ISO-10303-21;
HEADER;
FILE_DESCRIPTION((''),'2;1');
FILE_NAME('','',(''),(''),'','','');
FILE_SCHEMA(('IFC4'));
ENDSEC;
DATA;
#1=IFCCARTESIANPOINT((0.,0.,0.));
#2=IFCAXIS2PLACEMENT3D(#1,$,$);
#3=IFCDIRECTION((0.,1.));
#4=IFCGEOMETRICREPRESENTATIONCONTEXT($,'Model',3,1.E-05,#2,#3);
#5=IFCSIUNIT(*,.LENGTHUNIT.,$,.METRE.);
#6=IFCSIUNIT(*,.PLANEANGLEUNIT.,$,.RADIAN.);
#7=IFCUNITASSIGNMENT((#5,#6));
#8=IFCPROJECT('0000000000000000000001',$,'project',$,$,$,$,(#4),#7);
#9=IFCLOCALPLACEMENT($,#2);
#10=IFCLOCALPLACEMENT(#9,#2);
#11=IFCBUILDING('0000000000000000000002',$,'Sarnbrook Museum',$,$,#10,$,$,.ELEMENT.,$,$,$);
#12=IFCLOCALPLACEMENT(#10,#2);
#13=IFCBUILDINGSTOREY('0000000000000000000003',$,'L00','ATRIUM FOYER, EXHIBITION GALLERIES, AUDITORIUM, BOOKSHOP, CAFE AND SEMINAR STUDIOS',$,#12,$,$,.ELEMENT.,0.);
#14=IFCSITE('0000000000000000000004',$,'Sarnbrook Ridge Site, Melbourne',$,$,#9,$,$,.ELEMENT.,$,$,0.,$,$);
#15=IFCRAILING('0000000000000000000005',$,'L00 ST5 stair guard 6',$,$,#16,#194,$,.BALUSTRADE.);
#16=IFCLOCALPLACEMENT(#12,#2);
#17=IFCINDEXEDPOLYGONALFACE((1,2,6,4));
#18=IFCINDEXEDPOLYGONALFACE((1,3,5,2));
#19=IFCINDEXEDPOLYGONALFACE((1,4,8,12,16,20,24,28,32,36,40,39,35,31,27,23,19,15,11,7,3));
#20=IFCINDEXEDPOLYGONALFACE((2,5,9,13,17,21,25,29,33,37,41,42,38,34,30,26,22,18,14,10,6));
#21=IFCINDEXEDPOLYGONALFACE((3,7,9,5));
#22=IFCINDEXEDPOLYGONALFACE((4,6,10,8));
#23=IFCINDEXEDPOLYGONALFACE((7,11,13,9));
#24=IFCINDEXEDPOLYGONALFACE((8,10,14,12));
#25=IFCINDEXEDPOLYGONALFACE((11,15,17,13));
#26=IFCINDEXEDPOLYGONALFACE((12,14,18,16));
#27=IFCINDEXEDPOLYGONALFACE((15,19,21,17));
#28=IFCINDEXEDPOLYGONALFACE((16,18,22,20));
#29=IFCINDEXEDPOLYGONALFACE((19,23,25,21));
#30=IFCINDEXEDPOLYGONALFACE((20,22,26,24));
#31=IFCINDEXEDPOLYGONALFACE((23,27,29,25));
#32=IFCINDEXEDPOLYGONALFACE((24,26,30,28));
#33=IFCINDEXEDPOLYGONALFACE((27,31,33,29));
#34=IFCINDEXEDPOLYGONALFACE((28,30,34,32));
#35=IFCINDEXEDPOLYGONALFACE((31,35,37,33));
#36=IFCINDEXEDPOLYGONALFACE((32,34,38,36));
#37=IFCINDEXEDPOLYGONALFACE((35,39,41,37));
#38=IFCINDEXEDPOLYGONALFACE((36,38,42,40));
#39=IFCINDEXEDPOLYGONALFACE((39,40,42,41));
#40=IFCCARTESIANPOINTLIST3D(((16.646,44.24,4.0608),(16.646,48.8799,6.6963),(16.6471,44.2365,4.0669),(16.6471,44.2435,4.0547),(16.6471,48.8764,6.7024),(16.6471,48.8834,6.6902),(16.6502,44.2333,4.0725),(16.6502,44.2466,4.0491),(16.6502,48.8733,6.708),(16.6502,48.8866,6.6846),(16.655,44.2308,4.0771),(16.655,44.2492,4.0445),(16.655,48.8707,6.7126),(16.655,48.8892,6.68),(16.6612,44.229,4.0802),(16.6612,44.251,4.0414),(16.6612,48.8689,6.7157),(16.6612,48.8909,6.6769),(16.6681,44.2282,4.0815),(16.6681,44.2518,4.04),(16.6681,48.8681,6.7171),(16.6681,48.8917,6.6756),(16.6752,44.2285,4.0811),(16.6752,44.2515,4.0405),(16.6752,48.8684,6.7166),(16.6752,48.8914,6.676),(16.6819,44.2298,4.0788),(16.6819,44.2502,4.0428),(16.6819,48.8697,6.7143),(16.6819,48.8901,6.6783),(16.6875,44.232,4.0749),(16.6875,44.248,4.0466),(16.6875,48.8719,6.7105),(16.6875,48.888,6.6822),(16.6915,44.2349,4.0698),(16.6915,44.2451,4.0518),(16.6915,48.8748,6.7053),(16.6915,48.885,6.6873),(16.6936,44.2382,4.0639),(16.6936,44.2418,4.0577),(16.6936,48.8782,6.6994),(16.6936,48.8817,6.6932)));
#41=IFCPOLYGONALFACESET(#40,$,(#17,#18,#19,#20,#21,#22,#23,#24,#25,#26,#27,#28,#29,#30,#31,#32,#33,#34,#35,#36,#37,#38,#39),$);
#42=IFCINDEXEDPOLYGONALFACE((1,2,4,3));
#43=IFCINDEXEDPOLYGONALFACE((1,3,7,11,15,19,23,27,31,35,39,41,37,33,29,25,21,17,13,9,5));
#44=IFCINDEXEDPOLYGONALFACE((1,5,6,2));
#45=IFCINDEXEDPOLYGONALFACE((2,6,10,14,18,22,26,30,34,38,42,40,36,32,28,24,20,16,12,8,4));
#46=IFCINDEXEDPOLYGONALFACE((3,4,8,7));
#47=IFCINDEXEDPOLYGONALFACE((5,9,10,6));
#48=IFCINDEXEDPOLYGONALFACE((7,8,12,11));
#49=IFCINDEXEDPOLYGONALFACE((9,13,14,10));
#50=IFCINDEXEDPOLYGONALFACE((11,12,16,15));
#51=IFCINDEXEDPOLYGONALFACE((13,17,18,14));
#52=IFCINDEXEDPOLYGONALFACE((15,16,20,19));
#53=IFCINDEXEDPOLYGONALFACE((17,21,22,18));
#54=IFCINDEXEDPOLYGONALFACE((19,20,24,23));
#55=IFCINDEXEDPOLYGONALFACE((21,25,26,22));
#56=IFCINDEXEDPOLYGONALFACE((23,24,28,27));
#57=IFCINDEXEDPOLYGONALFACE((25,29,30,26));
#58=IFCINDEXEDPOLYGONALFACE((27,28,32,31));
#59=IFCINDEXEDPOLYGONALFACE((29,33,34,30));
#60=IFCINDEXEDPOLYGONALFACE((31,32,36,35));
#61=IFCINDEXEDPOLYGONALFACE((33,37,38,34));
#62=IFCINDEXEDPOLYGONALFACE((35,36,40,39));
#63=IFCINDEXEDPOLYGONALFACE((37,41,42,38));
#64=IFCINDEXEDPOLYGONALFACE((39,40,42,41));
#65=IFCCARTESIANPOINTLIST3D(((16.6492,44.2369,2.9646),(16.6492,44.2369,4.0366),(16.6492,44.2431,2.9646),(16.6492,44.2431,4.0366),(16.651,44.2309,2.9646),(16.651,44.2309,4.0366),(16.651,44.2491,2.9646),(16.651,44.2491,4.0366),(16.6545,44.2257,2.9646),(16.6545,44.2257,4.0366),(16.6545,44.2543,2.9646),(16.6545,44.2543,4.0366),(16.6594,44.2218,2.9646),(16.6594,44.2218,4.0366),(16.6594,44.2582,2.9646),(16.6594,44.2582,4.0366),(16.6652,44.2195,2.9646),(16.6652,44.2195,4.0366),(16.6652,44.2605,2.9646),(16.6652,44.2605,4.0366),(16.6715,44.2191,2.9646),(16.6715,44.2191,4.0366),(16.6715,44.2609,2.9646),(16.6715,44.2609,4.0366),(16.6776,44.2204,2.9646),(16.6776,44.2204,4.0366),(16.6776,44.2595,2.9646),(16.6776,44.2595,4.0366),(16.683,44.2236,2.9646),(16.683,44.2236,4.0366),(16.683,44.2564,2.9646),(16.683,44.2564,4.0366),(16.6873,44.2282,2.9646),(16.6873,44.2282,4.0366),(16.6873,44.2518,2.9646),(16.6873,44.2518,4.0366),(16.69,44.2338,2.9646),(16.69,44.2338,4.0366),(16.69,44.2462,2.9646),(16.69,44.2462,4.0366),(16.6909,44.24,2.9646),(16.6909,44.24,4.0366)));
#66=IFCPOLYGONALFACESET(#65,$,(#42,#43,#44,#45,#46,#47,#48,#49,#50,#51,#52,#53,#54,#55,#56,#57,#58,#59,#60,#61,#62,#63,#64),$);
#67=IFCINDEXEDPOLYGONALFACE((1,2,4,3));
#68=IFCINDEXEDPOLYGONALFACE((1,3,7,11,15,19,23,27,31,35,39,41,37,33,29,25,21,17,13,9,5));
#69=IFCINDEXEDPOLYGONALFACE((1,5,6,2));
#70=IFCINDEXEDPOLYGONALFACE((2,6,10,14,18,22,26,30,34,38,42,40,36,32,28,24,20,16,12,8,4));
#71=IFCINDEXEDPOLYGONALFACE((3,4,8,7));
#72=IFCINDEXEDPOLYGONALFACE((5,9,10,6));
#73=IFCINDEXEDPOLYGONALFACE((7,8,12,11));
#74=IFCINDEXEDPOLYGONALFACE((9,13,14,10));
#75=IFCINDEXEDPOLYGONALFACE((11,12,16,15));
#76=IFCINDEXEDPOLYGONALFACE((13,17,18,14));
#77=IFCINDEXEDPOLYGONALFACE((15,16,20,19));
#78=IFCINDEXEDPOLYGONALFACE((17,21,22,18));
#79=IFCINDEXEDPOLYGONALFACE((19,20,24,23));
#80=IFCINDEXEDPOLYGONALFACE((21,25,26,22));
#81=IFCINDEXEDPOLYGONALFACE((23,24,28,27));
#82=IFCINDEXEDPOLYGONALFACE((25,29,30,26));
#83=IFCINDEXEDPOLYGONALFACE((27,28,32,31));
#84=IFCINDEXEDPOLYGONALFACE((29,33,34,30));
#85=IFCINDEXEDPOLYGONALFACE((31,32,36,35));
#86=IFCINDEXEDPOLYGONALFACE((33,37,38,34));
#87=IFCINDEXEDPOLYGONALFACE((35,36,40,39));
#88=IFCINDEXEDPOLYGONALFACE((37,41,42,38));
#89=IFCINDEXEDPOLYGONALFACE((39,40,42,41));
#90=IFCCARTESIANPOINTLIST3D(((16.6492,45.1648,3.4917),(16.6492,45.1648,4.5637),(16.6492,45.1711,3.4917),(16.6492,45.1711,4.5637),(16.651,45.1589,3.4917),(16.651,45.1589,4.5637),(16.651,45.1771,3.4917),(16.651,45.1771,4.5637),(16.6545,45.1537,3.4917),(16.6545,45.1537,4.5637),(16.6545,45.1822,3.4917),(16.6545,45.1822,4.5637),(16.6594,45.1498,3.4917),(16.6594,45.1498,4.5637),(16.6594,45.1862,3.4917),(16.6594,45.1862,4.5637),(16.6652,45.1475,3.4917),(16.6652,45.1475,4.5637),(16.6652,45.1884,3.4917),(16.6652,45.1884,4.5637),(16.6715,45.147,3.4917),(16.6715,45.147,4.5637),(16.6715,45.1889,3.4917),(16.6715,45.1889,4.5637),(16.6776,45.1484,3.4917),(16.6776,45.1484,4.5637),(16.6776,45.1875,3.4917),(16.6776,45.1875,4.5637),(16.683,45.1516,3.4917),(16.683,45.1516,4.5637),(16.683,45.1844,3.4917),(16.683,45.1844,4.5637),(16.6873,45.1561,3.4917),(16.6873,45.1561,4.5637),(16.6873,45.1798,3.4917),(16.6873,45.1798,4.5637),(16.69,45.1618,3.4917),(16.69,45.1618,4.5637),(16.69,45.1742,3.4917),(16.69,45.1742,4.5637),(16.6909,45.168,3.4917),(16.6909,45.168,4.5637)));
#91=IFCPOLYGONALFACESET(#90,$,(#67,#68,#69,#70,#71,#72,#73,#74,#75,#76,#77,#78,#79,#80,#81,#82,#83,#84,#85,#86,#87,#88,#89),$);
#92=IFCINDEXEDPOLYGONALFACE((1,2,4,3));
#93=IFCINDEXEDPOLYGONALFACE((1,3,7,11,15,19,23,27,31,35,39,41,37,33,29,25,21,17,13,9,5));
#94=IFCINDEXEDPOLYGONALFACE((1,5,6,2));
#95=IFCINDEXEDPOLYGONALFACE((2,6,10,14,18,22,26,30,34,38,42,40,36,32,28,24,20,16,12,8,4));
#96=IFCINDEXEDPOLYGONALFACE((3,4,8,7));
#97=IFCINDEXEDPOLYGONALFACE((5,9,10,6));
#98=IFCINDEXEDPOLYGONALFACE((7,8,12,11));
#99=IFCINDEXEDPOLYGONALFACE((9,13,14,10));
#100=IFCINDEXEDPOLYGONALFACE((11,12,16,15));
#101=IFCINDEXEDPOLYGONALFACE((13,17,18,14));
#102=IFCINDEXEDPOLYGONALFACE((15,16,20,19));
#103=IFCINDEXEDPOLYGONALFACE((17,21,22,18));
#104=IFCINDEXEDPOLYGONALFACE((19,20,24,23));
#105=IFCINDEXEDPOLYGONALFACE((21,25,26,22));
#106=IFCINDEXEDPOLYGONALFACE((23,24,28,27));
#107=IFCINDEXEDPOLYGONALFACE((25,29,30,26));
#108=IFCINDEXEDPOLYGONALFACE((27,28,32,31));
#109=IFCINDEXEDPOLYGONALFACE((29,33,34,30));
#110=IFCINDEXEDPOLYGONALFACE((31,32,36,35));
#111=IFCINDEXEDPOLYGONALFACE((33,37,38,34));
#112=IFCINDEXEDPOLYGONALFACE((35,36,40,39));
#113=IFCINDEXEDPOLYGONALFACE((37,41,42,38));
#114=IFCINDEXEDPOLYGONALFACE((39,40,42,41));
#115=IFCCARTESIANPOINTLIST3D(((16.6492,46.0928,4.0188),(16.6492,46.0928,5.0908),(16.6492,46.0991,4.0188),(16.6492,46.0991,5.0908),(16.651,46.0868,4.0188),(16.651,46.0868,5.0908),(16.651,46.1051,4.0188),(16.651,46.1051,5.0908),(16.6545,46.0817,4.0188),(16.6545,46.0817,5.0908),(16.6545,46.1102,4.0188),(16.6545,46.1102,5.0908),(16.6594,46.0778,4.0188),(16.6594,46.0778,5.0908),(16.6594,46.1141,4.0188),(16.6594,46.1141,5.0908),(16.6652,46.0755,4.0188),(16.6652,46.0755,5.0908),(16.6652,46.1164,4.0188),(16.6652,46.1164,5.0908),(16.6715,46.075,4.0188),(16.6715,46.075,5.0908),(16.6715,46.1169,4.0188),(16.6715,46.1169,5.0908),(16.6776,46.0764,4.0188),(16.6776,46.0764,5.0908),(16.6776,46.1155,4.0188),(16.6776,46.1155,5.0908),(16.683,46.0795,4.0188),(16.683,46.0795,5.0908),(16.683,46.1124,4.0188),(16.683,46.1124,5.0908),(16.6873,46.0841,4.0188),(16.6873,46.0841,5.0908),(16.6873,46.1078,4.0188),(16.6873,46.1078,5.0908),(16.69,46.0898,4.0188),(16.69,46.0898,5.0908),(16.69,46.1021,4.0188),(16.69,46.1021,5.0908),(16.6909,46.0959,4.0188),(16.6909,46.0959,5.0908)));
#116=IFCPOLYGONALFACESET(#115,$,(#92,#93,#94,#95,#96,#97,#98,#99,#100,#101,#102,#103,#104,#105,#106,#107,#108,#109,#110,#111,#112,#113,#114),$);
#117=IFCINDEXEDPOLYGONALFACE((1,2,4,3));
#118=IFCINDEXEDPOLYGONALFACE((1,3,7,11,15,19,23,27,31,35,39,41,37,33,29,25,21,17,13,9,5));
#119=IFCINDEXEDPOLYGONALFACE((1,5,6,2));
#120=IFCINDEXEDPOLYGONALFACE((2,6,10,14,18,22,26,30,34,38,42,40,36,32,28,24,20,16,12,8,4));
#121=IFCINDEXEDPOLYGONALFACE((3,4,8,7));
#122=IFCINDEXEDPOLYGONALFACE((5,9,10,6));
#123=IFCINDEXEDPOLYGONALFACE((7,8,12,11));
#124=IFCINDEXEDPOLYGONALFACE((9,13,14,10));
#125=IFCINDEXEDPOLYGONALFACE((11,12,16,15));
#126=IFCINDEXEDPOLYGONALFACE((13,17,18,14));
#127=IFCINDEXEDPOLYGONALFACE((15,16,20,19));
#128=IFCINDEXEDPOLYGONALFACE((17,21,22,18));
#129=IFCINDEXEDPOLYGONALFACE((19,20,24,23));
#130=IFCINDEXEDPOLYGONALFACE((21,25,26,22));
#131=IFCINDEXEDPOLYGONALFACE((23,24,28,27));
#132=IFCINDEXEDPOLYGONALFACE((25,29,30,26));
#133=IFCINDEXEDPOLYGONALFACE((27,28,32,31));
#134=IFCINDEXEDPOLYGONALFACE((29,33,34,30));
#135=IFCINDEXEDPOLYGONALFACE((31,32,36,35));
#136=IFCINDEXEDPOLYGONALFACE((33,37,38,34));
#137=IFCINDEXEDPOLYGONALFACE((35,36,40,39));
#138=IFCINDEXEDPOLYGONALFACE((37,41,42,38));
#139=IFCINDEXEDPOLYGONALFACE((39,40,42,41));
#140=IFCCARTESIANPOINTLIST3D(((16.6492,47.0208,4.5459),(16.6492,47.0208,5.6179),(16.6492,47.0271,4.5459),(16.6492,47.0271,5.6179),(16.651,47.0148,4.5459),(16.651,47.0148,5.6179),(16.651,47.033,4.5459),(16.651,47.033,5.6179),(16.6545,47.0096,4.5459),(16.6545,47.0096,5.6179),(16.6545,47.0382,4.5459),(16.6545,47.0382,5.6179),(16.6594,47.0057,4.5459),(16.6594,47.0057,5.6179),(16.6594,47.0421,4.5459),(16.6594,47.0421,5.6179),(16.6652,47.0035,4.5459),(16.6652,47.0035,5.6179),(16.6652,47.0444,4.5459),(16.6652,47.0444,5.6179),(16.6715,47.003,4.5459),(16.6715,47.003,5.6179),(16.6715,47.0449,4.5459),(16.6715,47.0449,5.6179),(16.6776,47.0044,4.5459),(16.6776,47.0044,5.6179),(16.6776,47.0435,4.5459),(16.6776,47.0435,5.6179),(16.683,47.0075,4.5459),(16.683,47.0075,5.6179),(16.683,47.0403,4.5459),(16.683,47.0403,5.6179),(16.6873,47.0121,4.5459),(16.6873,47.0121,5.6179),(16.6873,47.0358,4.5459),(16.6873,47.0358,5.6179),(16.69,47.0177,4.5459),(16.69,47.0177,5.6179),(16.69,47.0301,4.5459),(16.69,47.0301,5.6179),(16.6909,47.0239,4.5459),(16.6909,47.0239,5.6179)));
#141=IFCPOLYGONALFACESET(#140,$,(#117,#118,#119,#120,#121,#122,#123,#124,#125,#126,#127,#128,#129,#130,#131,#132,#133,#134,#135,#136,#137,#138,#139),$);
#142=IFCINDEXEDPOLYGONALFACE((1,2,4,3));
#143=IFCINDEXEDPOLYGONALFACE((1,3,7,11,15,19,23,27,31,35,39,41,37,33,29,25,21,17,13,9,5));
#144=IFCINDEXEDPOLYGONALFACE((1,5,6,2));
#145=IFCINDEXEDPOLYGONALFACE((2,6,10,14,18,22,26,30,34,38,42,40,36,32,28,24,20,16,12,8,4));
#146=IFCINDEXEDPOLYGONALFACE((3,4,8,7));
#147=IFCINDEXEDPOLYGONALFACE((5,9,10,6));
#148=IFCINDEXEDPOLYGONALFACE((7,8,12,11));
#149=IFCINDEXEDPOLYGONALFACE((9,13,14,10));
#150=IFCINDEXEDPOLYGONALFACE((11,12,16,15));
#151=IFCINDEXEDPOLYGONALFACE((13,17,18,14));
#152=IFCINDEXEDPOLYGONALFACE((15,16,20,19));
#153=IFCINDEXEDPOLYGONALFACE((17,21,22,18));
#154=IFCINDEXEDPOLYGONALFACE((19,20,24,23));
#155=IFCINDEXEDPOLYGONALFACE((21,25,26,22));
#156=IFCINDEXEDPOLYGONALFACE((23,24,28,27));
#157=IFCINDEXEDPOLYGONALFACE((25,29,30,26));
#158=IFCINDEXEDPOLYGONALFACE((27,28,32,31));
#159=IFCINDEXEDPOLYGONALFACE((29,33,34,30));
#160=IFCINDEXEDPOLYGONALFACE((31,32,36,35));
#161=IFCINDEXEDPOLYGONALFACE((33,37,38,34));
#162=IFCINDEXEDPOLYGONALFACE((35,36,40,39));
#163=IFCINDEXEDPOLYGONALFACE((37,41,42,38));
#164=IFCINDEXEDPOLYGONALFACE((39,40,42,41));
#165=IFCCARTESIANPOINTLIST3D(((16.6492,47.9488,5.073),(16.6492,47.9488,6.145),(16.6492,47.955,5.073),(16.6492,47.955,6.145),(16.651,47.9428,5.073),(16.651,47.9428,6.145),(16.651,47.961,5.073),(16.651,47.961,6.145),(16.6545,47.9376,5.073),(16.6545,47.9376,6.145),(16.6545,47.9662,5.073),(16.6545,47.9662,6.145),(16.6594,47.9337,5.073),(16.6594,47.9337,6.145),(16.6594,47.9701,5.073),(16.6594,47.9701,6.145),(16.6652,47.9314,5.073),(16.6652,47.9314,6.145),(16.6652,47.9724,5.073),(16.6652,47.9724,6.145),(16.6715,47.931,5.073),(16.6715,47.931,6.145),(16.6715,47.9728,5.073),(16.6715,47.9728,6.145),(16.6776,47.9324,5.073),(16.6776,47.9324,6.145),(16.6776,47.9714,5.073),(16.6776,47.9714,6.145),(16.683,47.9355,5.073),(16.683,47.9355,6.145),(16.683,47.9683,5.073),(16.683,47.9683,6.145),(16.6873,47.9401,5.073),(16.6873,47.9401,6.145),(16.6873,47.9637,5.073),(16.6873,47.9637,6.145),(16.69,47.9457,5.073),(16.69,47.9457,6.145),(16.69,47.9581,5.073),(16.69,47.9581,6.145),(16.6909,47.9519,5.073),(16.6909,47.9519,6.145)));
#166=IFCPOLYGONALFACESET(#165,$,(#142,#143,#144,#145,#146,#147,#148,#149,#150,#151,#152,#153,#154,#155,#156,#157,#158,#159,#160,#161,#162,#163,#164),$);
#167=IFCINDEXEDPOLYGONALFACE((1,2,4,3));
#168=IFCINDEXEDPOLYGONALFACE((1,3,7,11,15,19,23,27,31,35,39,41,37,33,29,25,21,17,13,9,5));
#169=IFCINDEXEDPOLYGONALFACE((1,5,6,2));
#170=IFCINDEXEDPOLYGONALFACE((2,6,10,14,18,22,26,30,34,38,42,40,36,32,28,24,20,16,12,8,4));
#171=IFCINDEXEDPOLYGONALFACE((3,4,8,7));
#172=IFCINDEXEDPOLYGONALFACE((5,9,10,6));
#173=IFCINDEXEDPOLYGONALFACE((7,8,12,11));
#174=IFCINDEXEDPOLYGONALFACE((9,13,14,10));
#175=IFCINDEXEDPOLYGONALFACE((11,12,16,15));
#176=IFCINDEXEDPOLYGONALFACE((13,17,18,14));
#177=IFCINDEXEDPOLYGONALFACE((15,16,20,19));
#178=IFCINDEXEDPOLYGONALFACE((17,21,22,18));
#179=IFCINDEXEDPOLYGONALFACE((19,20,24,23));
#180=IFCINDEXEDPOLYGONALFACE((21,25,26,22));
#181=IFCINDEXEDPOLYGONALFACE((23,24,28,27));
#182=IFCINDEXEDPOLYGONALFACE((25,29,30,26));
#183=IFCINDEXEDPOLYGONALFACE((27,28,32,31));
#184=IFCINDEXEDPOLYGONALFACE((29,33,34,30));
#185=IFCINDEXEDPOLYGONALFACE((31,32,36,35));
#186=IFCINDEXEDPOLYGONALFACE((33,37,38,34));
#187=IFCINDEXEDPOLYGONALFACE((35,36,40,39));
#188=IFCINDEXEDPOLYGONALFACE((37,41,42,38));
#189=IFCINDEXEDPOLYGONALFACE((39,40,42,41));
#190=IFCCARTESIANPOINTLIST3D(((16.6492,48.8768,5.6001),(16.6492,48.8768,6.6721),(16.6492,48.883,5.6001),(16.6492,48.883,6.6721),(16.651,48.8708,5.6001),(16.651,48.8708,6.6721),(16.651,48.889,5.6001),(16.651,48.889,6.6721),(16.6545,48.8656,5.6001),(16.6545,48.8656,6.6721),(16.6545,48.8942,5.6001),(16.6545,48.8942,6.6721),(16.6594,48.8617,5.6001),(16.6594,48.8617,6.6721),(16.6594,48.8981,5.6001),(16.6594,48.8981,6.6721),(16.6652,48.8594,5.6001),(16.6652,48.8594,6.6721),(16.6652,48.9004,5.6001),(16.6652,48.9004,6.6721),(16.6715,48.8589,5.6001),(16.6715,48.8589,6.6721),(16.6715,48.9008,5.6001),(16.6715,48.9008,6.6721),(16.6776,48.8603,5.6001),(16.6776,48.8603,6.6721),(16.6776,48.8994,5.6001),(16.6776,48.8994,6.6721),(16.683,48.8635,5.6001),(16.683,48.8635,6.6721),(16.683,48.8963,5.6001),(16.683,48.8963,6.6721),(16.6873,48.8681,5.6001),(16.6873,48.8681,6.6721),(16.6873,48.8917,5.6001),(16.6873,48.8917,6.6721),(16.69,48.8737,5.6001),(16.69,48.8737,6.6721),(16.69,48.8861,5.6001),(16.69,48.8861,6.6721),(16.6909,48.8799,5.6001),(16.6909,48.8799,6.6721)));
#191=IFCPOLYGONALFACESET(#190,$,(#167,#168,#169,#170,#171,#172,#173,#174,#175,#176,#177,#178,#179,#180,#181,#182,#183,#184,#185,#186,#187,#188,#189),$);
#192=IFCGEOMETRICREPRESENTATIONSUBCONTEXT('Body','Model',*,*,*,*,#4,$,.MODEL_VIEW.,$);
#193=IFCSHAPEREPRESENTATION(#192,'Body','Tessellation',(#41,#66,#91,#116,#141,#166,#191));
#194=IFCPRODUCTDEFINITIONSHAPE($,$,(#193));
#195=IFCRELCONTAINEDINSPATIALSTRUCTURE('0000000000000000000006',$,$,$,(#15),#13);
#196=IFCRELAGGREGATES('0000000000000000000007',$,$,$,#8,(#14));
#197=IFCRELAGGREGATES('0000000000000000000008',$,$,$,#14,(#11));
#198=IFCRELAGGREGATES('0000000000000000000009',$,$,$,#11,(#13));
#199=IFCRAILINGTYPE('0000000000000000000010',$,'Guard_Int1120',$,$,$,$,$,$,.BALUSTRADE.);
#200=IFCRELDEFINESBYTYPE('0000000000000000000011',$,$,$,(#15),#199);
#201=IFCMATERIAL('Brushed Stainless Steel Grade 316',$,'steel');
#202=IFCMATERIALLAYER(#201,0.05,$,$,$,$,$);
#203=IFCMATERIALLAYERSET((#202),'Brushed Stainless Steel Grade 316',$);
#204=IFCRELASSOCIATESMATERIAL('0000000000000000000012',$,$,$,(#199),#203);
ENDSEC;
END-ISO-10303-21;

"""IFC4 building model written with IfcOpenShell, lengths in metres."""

from ifc_helpers import new_model, si_unit, direction, frame, origin, origin_2d, place, context, subcontext, project, spatial, circle, extrude, material, layer, layer_set, type_object, element, save


model = new_model("IFC4")

# Units and contexts
model_context = context("Model", 3, precision=1e-05, world=origin(), true_north=direction((0.0, 1.0)))
body_context = subcontext(model_context, "Body", "Model", "MODEL_VIEW")
ifc_project = project(units=[si_unit("LENGTHUNIT", "METRE"), si_unit("PLANEANGLEUNIT", "RADIAN")], contexts=[model_context])

# Site, building, storey
site_placement = place(None, origin())
site = spatial("IfcSite", under=ifc_project, at=site_placement, Name="Sarnbrook Ridge Site, Melbourne", CompositionType="ELEMENT", RefElevation=0.0)
building_placement = place(site_placement, origin())
building = spatial("IfcBuilding", under=site, at=building_placement, Name="Sarnbrook Museum", CompositionType="ELEMENT")
storey_placement = place(building_placement, origin())
storey = spatial("IfcBuildingStorey", under=building, at=storey_placement, Name="L00", Description="ATRIUM FOYER, EXHIBITION GALLERIES, AUDITORIUM, BOOKSHOP, CAFE AND SEMINAR STUDIOS", CompositionType="ELEMENT", Elevation=0.0)

# Railing
ifc_material_1 = material(Name="Brushed Stainless Steel Grade 316", Category="steel")
ifc_layer_1 = layer(ifc_material_1, 0.05)
ifc_layer_set_1 = layer_set([ifc_layer_1], Name="Brushed Stainless Steel Grade 316")
railing_type_1 = type_object("IfcRailingType", Name="Guard_Int1120", PredefinedType="BALUSTRADE", material=ifc_layer_set_1)
railing_1_placement = place(storey_placement, frame((16.6699, 44.24, 2.9646)))
element("IfcRailing", 1, at=railing_1_placement, inside=storey, type_object=railing_type_1, Name="L00 ST5 stair guard 6", PredefinedType="BALUSTRADE", context=body_context, shape_type="SweptSolid", body=[
    extrude(circle(Radius=0.0239, at=origin_2d()), frame((0.0, 0.0, 1.0962), z_axis=(0.0, 0.869521, 0.493895), x_axis=(-1.0, 0.0, 0.0)), (0.0, 0.0, 1.0), 5.3362),
    extrude(circle(Radius=0.021, at=origin_2d()), origin(), (0.0, 0.0, 1.0), 1.072),
    extrude(circle(Radius=0.021, at=origin_2d()), frame((0.0, 0.928, 0.5271)), (0.0, 0.0, 1.0), 1.072),
    extrude(circle(Radius=0.021, at=origin_2d()), frame((0.0, 1.856, 1.0542)), (0.0, 0.0, 1.0), 1.072),
    extrude(circle(Radius=0.021, at=origin_2d()), frame((0.0, 2.7839, 1.5813)), (0.0, 0.0, 1.0), 1.072),
    extrude(circle(Radius=0.021, at=origin_2d()), frame((0.0, 3.7119, 2.1084)), (0.0, 0.0, 1.0), 1.072),
    extrude(circle(Radius=0.021, at=origin_2d()), frame((0.0, 4.6399, 2.6355)), (0.0, 0.0, 1.0), 1.072),
])

save(model, "model.ifc")
